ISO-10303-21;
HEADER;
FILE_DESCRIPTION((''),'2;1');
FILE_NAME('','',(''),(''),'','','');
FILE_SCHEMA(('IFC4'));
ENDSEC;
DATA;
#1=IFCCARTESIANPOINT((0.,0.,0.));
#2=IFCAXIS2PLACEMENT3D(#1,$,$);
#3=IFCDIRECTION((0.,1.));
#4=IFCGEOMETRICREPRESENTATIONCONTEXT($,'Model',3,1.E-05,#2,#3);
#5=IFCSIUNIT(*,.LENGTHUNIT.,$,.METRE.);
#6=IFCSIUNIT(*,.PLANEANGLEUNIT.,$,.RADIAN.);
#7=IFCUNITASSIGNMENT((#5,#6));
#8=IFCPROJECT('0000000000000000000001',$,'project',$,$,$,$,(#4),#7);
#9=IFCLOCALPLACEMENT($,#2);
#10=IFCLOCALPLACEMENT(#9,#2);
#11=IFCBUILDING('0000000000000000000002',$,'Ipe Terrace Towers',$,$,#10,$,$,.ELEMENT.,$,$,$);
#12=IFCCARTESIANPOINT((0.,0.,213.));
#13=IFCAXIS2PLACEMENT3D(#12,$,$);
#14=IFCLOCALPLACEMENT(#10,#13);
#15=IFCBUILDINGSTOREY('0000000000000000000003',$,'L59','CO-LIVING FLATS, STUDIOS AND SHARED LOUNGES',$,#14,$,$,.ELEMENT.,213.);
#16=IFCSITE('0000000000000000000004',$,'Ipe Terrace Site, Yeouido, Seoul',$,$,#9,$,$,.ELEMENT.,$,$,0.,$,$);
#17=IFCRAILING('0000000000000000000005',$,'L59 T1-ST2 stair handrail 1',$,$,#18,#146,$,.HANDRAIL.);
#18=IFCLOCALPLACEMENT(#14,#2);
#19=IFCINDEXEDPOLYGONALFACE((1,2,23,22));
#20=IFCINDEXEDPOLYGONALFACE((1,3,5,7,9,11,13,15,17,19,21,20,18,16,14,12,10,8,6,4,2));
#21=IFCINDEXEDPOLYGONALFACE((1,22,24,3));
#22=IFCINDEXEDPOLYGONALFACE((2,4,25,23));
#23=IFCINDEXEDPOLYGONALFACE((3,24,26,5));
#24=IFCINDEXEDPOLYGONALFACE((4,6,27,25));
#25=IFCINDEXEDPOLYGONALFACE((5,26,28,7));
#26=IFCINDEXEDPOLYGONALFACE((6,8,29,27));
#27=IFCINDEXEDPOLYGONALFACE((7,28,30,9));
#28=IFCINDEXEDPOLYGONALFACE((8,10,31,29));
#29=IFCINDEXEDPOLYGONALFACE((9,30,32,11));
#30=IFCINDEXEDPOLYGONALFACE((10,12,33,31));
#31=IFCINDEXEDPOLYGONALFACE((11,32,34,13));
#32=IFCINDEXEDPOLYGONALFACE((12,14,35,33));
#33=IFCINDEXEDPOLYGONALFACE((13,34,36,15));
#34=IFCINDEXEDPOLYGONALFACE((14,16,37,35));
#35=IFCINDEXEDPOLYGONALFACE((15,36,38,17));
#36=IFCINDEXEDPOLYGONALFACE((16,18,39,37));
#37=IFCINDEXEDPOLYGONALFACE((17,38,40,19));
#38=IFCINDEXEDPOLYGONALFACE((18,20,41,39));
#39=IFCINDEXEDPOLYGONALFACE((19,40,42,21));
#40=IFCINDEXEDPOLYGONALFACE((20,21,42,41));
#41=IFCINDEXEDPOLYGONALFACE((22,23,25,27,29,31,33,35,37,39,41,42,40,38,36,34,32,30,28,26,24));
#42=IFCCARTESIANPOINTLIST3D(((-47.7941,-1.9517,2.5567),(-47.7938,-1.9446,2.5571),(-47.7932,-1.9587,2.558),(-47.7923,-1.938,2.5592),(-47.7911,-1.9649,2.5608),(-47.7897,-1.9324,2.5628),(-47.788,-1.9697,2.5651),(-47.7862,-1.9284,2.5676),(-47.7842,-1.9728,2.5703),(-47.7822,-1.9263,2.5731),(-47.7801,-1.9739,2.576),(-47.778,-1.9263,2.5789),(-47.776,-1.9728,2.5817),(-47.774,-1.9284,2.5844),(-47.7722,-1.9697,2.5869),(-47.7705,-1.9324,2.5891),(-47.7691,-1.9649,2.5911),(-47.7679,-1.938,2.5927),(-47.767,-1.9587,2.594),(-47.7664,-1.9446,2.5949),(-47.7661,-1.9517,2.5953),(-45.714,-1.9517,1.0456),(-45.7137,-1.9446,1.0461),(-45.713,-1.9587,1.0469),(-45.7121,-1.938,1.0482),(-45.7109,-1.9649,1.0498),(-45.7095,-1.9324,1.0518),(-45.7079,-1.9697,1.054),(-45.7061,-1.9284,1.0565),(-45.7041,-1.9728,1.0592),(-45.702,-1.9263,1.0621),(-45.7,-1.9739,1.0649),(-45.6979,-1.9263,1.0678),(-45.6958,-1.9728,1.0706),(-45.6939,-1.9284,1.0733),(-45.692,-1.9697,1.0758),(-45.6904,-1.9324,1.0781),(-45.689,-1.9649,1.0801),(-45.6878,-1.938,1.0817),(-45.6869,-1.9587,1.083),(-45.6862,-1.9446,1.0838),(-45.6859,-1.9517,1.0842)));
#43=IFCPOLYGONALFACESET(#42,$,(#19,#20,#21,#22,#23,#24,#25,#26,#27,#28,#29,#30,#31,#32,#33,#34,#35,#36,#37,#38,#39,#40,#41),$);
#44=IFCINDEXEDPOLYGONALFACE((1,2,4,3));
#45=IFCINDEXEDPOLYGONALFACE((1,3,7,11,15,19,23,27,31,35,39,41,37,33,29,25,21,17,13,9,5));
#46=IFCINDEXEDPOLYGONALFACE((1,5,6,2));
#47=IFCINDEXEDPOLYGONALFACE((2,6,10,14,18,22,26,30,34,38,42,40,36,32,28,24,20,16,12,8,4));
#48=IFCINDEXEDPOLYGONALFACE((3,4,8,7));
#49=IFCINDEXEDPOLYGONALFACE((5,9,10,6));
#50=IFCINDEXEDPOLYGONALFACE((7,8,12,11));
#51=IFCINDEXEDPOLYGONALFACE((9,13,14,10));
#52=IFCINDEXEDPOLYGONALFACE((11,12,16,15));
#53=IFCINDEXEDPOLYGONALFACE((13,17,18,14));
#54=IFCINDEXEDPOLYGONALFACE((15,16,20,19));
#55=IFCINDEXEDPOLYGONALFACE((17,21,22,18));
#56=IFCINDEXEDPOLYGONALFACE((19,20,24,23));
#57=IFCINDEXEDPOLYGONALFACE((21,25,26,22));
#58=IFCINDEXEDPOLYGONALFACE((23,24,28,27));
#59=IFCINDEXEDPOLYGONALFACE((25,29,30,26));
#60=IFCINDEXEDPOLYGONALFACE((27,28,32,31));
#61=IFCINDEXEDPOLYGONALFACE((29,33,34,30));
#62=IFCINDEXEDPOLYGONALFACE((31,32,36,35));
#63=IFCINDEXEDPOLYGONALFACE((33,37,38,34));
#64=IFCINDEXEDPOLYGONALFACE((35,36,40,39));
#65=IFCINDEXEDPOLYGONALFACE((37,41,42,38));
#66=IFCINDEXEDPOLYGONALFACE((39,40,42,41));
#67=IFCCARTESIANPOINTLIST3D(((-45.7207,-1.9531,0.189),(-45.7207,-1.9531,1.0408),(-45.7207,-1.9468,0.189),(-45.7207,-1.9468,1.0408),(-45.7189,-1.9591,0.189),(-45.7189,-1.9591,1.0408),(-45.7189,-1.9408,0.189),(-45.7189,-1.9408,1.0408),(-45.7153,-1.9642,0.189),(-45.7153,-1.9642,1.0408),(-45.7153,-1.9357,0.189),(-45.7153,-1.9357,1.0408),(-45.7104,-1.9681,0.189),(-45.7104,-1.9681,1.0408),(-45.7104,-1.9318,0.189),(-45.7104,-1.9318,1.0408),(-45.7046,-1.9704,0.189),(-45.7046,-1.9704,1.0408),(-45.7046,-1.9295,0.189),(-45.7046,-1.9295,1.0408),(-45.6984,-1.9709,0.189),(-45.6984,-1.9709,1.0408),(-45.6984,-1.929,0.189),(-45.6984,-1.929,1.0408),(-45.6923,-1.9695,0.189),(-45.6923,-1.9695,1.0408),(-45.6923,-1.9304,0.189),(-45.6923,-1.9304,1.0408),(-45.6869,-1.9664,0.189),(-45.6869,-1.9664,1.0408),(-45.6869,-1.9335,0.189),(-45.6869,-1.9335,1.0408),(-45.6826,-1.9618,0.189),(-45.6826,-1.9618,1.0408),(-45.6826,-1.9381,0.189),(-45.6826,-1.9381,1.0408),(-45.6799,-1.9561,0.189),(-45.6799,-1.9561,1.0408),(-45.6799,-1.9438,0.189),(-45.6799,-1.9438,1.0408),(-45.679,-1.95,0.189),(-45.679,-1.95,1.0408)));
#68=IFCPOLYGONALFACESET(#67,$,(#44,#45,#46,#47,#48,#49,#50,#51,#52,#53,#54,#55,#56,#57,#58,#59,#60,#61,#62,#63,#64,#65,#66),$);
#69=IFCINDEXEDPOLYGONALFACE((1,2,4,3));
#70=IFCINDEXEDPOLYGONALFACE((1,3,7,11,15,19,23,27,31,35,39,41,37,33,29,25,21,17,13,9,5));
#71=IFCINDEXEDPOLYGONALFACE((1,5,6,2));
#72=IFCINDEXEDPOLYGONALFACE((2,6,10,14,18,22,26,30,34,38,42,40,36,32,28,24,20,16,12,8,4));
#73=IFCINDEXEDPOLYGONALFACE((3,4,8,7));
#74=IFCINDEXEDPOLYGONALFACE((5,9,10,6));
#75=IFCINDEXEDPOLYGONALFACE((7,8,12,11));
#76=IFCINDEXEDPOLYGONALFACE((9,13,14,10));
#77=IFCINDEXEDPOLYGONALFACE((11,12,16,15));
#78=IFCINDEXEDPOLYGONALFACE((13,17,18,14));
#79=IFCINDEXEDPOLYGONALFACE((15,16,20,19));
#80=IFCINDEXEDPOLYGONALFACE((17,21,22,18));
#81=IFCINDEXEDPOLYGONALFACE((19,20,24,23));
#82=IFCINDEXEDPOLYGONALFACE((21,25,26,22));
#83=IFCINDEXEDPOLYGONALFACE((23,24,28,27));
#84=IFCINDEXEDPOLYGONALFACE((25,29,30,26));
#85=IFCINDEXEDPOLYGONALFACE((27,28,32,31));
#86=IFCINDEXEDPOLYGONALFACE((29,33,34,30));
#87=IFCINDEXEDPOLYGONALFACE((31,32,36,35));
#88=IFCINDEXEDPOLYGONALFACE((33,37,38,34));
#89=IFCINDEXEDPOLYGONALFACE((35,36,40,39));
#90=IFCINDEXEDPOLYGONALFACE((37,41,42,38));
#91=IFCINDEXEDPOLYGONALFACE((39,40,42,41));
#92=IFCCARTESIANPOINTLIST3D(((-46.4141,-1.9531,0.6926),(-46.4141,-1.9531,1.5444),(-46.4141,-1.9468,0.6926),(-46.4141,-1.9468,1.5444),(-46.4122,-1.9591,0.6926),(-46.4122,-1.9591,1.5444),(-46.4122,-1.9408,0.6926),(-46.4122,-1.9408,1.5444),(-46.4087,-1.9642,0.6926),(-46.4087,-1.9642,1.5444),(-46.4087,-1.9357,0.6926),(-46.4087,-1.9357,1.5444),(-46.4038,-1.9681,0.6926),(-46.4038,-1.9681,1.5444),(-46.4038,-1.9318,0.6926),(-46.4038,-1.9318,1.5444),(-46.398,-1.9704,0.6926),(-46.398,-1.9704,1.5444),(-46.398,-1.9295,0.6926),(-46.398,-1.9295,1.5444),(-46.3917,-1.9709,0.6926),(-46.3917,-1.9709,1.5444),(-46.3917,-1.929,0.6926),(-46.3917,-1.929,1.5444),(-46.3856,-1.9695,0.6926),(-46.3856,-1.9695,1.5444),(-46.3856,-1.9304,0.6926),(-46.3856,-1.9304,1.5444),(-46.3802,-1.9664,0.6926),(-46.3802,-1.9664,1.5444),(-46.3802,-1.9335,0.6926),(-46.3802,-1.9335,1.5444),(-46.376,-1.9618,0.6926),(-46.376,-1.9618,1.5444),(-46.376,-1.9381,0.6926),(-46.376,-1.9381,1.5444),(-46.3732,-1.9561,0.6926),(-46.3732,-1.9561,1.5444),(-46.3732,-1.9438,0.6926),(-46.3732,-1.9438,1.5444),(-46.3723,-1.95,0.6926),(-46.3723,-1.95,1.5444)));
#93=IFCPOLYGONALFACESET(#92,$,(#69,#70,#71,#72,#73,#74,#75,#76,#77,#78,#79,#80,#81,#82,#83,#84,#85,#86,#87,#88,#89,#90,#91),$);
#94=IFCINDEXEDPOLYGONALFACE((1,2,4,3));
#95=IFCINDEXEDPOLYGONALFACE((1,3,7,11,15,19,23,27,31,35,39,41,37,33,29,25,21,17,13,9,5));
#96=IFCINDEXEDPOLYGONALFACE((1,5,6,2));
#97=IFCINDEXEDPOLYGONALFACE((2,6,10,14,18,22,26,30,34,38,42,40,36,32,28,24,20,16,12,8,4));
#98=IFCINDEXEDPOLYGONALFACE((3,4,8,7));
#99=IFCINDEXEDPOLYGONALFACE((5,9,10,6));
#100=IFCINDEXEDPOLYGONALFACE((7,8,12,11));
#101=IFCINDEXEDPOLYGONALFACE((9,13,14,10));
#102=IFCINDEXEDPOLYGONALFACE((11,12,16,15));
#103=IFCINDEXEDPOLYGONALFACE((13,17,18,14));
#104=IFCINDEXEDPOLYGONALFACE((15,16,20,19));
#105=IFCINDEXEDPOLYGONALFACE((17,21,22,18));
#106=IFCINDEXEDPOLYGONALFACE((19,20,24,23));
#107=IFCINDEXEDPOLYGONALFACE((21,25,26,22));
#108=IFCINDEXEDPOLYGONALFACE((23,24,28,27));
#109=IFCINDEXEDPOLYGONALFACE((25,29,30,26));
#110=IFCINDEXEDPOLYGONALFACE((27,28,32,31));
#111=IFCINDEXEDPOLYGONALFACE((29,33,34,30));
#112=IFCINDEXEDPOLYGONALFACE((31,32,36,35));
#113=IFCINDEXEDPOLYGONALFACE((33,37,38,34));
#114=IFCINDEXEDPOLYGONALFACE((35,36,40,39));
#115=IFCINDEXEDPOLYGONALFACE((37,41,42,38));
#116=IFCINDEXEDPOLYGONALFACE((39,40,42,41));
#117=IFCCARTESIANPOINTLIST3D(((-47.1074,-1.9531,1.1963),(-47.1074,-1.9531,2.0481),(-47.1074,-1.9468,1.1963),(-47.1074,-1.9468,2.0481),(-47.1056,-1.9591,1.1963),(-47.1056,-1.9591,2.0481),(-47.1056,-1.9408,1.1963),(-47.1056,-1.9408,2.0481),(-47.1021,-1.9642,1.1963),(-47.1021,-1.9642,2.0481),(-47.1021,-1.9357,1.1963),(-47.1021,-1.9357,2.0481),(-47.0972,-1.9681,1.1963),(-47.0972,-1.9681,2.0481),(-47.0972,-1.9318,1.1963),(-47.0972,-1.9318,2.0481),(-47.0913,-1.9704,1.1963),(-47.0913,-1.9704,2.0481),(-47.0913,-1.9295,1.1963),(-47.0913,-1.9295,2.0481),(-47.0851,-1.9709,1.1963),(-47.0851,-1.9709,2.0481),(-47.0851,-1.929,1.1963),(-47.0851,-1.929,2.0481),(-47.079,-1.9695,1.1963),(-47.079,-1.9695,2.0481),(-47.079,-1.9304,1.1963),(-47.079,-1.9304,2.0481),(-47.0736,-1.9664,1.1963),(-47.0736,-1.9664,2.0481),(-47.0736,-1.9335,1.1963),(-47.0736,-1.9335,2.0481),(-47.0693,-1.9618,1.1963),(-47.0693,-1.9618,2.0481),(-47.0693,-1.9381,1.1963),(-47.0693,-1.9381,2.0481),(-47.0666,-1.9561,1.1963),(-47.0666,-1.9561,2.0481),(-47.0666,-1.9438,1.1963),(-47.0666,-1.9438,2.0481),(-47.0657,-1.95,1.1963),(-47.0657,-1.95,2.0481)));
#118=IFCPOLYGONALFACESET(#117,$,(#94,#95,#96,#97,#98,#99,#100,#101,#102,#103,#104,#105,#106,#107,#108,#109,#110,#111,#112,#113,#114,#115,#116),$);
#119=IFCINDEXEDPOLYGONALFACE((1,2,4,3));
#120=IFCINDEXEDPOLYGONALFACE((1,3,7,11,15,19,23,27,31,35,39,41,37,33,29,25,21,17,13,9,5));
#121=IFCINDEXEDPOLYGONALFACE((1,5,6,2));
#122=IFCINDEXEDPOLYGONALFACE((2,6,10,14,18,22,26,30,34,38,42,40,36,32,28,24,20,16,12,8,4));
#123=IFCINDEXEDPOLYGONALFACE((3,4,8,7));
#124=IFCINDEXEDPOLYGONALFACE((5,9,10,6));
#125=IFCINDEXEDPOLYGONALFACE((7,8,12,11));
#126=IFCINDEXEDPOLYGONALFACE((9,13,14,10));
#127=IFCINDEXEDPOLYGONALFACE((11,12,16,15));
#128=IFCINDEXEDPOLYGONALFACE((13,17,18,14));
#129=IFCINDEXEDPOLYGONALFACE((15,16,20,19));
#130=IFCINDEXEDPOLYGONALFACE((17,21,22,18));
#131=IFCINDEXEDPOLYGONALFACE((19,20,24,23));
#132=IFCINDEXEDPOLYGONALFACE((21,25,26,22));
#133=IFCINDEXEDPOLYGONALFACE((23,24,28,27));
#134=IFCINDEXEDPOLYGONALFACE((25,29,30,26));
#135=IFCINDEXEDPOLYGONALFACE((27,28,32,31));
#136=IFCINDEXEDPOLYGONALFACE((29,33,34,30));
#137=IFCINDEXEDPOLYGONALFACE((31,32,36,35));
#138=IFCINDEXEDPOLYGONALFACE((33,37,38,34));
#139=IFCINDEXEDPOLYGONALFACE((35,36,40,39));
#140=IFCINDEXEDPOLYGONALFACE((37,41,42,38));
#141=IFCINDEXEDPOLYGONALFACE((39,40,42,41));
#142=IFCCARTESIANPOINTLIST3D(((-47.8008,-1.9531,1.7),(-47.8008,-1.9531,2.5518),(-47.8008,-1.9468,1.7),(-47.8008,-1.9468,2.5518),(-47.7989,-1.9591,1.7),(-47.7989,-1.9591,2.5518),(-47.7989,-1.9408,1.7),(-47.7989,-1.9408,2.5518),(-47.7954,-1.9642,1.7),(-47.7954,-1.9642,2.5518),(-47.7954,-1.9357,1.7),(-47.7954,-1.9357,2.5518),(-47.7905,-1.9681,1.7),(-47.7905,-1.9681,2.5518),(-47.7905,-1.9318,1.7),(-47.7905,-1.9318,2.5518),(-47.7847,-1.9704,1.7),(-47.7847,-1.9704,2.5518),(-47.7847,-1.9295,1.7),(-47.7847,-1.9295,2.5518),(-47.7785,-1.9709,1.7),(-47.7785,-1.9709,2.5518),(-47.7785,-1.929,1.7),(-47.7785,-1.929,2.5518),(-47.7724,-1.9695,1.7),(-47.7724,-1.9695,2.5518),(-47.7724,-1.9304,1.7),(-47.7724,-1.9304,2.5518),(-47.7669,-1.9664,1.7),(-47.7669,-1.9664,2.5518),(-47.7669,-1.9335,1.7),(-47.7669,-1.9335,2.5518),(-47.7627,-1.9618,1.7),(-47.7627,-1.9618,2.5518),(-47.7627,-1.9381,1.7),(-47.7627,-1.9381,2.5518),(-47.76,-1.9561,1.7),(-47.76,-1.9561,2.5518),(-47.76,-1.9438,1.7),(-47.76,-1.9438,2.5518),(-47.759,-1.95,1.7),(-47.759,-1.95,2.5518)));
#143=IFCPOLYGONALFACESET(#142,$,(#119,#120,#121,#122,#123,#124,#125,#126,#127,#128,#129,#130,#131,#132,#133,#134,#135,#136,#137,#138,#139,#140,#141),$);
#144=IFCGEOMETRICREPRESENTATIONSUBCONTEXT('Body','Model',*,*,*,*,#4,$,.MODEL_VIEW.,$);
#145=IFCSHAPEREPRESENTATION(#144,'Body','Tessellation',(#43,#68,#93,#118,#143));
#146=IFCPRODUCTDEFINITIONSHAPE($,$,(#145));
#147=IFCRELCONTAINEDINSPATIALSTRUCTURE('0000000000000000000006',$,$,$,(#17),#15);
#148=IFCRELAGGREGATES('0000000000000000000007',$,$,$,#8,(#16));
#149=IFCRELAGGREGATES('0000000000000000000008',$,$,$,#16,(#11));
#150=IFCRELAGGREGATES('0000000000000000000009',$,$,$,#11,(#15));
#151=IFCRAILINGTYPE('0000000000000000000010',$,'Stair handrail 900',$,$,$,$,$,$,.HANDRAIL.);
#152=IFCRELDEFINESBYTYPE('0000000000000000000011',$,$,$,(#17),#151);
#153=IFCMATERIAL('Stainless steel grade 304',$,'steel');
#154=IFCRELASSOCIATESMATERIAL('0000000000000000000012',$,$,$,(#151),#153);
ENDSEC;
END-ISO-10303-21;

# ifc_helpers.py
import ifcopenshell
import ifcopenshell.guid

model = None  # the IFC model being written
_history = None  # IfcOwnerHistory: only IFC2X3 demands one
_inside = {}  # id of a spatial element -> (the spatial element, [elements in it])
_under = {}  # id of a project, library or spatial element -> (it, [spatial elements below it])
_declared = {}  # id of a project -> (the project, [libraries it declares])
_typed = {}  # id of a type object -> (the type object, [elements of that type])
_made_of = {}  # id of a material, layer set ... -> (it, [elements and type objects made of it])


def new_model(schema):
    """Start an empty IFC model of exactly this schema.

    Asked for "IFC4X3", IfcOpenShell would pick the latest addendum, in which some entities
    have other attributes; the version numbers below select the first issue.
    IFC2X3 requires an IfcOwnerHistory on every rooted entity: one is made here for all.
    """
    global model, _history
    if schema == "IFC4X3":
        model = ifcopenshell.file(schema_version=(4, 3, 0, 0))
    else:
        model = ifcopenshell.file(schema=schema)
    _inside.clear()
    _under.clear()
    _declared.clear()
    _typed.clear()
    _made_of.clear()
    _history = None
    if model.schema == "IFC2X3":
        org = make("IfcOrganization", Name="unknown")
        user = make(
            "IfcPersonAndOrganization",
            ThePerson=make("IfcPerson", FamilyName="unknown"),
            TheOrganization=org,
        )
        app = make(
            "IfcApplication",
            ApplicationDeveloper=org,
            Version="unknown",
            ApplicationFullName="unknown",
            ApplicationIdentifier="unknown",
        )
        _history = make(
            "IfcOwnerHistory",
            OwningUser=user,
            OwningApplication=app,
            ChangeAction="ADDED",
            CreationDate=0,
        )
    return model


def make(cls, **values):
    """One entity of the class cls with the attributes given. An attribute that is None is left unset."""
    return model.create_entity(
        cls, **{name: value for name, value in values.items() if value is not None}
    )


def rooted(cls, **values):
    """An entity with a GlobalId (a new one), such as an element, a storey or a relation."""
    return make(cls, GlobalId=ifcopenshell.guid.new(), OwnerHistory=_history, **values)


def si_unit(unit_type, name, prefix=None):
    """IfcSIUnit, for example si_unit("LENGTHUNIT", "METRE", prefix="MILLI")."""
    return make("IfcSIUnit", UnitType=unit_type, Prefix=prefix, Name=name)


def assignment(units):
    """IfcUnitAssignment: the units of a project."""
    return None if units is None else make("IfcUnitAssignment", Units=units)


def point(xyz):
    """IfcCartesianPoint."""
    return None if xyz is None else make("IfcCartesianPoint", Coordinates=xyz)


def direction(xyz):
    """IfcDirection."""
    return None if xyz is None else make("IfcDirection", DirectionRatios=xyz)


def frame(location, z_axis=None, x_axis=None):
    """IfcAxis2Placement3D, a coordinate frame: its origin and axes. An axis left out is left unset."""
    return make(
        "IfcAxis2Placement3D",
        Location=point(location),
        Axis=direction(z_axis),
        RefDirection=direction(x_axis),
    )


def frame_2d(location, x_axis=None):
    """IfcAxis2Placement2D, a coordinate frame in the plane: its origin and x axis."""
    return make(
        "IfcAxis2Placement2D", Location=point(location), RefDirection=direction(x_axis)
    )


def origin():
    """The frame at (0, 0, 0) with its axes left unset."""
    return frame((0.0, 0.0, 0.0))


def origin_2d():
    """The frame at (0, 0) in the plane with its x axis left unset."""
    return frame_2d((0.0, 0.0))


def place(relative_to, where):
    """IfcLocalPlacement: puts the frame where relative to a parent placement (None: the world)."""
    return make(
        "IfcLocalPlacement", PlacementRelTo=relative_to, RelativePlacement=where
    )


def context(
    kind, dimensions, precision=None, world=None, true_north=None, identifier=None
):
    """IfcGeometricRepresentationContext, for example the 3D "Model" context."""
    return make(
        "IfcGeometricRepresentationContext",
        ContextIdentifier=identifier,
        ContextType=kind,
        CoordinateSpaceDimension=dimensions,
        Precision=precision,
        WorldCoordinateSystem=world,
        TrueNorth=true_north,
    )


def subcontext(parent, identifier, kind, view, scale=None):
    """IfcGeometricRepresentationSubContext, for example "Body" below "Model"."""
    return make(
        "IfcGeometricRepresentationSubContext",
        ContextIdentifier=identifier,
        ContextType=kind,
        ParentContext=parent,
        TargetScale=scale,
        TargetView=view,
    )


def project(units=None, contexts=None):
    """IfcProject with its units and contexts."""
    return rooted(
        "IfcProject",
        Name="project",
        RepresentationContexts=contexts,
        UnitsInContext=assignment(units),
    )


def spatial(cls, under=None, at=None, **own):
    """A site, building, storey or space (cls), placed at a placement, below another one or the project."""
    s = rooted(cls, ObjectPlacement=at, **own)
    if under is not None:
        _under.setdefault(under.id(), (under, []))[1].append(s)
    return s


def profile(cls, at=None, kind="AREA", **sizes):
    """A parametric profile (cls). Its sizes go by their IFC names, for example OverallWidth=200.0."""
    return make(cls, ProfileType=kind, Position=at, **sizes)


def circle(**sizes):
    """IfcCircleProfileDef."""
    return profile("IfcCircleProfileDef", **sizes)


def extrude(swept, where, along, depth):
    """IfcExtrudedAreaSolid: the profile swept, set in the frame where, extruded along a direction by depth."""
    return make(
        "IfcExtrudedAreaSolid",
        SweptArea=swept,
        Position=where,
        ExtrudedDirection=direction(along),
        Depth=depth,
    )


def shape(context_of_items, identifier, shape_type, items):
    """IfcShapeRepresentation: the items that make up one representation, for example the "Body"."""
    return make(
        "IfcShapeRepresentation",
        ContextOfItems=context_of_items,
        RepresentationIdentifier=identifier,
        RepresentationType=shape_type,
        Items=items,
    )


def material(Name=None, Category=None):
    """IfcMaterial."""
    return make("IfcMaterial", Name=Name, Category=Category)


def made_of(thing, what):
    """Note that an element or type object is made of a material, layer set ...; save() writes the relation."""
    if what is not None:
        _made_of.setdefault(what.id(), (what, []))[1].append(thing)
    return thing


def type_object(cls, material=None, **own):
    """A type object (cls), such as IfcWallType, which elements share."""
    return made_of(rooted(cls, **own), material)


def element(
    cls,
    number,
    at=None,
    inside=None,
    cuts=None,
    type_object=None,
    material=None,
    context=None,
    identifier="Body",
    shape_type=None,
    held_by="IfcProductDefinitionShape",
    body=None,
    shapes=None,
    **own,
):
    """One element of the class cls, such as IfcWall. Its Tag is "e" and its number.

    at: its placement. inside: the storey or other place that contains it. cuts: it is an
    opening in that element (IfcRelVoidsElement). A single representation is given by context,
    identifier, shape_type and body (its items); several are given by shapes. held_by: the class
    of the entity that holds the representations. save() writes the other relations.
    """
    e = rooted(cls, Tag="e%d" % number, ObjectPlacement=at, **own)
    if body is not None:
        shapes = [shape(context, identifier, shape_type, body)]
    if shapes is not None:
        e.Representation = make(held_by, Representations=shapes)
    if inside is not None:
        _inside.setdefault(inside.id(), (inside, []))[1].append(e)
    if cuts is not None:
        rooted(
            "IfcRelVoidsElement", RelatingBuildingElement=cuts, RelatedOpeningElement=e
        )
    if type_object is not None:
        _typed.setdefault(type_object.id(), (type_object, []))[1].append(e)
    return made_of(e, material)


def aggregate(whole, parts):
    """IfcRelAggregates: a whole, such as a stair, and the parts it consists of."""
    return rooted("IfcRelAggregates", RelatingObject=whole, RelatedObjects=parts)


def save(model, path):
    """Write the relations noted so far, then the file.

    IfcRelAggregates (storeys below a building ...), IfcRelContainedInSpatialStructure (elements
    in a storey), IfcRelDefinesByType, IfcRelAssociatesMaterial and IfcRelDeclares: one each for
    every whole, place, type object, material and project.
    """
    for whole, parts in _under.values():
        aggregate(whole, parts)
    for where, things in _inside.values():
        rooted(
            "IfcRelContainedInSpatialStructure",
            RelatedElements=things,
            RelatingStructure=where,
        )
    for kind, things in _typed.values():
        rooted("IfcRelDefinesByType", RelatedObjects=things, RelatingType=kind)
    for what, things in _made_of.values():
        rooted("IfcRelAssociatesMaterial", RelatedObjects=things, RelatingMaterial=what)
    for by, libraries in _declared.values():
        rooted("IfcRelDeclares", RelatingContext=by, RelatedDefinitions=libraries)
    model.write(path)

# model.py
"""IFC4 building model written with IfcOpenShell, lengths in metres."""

from ifc_helpers import new_model, si_unit, direction, frame, origin, origin_2d, place, context, subcontext, project, spatial, circle, extrude, material, type_object, element, save


model = new_model("IFC4")

# Units and contexts
model_context = context("Model", 3, precision=1e-05, world=origin(), true_north=direction((0.0, 1.0)))
body_context = subcontext(model_context, "Body", "Model", "MODEL_VIEW")
ifc_project = project(units=[si_unit("LENGTHUNIT", "METRE"), si_unit("PLANEANGLEUNIT", "RADIAN")], contexts=[model_context])

# Site, building, storey
site_placement = place(None, origin())
site = spatial("IfcSite", under=ifc_project, at=site_placement, Name="Ipe Terrace Site, Yeouido, Seoul", CompositionType="ELEMENT", RefElevation=0.0)
building_placement = place(site_placement, origin())
building = spatial("IfcBuilding", under=site, at=building_placement, Name="Ipe Terrace Towers", CompositionType="ELEMENT")
storey_placement = place(building_placement, frame((0.0, 0.0, 213.0)))
storey = spatial("IfcBuildingStorey", under=building, at=storey_placement, Name="L59", Description="CO-LIVING FLATS, STUDIOS AND SHARED LOUNGES", CompositionType="ELEMENT", Elevation=213.0)

# Railing
ifc_material_1 = material(Name="Stainless steel grade 304", Category="steel")
railing_type = type_object("IfcRailingType", Name="Stair handrail 900", PredefinedType="HANDRAIL", material=ifc_material_1)
railing_placement = place(storey_placement, frame((-45.7, -1.95, 0.189)))
element("IfcRailing", 1, at=railing_placement, inside=storey, type_object=railing_type, Name="L59 T1-ST2 stair handrail 1", PredefinedType="HANDRAIL", context=body_context, shape_type="SweptSolid", body=[
    extrude(circle(Radius=0.0239, at=origin_2d()), frame((0.0, 0.0, 0.876), z_axis=(-0.809069, 0.0, 0.587714), x_axis=(0.0, -1.0, 0.0)), (0.0, 0.0, 1.0), 2.571),
    extrude(circle(Radius=0.021, at=origin_2d()), origin(), (0.0, 0.0, 1.0), 0.8518),
    extrude(circle(Radius=0.021, at=origin_2d()), frame((-0.6934, 0.0, 0.5037)), (0.0, 0.0, 1.0), 0.8518),
    extrude(circle(Radius=0.021, at=origin_2d()), frame((-1.3867, 0.0, 1.0073)), (0.0, 0.0, 1.0), 0.8518),
    extrude(circle(Radius=0.021, at=origin_2d()), frame((-2.0801, 0.0, 1.511)), (0.0, 0.0, 1.0), 0.8518),
])

save(model, "model.ifc")
